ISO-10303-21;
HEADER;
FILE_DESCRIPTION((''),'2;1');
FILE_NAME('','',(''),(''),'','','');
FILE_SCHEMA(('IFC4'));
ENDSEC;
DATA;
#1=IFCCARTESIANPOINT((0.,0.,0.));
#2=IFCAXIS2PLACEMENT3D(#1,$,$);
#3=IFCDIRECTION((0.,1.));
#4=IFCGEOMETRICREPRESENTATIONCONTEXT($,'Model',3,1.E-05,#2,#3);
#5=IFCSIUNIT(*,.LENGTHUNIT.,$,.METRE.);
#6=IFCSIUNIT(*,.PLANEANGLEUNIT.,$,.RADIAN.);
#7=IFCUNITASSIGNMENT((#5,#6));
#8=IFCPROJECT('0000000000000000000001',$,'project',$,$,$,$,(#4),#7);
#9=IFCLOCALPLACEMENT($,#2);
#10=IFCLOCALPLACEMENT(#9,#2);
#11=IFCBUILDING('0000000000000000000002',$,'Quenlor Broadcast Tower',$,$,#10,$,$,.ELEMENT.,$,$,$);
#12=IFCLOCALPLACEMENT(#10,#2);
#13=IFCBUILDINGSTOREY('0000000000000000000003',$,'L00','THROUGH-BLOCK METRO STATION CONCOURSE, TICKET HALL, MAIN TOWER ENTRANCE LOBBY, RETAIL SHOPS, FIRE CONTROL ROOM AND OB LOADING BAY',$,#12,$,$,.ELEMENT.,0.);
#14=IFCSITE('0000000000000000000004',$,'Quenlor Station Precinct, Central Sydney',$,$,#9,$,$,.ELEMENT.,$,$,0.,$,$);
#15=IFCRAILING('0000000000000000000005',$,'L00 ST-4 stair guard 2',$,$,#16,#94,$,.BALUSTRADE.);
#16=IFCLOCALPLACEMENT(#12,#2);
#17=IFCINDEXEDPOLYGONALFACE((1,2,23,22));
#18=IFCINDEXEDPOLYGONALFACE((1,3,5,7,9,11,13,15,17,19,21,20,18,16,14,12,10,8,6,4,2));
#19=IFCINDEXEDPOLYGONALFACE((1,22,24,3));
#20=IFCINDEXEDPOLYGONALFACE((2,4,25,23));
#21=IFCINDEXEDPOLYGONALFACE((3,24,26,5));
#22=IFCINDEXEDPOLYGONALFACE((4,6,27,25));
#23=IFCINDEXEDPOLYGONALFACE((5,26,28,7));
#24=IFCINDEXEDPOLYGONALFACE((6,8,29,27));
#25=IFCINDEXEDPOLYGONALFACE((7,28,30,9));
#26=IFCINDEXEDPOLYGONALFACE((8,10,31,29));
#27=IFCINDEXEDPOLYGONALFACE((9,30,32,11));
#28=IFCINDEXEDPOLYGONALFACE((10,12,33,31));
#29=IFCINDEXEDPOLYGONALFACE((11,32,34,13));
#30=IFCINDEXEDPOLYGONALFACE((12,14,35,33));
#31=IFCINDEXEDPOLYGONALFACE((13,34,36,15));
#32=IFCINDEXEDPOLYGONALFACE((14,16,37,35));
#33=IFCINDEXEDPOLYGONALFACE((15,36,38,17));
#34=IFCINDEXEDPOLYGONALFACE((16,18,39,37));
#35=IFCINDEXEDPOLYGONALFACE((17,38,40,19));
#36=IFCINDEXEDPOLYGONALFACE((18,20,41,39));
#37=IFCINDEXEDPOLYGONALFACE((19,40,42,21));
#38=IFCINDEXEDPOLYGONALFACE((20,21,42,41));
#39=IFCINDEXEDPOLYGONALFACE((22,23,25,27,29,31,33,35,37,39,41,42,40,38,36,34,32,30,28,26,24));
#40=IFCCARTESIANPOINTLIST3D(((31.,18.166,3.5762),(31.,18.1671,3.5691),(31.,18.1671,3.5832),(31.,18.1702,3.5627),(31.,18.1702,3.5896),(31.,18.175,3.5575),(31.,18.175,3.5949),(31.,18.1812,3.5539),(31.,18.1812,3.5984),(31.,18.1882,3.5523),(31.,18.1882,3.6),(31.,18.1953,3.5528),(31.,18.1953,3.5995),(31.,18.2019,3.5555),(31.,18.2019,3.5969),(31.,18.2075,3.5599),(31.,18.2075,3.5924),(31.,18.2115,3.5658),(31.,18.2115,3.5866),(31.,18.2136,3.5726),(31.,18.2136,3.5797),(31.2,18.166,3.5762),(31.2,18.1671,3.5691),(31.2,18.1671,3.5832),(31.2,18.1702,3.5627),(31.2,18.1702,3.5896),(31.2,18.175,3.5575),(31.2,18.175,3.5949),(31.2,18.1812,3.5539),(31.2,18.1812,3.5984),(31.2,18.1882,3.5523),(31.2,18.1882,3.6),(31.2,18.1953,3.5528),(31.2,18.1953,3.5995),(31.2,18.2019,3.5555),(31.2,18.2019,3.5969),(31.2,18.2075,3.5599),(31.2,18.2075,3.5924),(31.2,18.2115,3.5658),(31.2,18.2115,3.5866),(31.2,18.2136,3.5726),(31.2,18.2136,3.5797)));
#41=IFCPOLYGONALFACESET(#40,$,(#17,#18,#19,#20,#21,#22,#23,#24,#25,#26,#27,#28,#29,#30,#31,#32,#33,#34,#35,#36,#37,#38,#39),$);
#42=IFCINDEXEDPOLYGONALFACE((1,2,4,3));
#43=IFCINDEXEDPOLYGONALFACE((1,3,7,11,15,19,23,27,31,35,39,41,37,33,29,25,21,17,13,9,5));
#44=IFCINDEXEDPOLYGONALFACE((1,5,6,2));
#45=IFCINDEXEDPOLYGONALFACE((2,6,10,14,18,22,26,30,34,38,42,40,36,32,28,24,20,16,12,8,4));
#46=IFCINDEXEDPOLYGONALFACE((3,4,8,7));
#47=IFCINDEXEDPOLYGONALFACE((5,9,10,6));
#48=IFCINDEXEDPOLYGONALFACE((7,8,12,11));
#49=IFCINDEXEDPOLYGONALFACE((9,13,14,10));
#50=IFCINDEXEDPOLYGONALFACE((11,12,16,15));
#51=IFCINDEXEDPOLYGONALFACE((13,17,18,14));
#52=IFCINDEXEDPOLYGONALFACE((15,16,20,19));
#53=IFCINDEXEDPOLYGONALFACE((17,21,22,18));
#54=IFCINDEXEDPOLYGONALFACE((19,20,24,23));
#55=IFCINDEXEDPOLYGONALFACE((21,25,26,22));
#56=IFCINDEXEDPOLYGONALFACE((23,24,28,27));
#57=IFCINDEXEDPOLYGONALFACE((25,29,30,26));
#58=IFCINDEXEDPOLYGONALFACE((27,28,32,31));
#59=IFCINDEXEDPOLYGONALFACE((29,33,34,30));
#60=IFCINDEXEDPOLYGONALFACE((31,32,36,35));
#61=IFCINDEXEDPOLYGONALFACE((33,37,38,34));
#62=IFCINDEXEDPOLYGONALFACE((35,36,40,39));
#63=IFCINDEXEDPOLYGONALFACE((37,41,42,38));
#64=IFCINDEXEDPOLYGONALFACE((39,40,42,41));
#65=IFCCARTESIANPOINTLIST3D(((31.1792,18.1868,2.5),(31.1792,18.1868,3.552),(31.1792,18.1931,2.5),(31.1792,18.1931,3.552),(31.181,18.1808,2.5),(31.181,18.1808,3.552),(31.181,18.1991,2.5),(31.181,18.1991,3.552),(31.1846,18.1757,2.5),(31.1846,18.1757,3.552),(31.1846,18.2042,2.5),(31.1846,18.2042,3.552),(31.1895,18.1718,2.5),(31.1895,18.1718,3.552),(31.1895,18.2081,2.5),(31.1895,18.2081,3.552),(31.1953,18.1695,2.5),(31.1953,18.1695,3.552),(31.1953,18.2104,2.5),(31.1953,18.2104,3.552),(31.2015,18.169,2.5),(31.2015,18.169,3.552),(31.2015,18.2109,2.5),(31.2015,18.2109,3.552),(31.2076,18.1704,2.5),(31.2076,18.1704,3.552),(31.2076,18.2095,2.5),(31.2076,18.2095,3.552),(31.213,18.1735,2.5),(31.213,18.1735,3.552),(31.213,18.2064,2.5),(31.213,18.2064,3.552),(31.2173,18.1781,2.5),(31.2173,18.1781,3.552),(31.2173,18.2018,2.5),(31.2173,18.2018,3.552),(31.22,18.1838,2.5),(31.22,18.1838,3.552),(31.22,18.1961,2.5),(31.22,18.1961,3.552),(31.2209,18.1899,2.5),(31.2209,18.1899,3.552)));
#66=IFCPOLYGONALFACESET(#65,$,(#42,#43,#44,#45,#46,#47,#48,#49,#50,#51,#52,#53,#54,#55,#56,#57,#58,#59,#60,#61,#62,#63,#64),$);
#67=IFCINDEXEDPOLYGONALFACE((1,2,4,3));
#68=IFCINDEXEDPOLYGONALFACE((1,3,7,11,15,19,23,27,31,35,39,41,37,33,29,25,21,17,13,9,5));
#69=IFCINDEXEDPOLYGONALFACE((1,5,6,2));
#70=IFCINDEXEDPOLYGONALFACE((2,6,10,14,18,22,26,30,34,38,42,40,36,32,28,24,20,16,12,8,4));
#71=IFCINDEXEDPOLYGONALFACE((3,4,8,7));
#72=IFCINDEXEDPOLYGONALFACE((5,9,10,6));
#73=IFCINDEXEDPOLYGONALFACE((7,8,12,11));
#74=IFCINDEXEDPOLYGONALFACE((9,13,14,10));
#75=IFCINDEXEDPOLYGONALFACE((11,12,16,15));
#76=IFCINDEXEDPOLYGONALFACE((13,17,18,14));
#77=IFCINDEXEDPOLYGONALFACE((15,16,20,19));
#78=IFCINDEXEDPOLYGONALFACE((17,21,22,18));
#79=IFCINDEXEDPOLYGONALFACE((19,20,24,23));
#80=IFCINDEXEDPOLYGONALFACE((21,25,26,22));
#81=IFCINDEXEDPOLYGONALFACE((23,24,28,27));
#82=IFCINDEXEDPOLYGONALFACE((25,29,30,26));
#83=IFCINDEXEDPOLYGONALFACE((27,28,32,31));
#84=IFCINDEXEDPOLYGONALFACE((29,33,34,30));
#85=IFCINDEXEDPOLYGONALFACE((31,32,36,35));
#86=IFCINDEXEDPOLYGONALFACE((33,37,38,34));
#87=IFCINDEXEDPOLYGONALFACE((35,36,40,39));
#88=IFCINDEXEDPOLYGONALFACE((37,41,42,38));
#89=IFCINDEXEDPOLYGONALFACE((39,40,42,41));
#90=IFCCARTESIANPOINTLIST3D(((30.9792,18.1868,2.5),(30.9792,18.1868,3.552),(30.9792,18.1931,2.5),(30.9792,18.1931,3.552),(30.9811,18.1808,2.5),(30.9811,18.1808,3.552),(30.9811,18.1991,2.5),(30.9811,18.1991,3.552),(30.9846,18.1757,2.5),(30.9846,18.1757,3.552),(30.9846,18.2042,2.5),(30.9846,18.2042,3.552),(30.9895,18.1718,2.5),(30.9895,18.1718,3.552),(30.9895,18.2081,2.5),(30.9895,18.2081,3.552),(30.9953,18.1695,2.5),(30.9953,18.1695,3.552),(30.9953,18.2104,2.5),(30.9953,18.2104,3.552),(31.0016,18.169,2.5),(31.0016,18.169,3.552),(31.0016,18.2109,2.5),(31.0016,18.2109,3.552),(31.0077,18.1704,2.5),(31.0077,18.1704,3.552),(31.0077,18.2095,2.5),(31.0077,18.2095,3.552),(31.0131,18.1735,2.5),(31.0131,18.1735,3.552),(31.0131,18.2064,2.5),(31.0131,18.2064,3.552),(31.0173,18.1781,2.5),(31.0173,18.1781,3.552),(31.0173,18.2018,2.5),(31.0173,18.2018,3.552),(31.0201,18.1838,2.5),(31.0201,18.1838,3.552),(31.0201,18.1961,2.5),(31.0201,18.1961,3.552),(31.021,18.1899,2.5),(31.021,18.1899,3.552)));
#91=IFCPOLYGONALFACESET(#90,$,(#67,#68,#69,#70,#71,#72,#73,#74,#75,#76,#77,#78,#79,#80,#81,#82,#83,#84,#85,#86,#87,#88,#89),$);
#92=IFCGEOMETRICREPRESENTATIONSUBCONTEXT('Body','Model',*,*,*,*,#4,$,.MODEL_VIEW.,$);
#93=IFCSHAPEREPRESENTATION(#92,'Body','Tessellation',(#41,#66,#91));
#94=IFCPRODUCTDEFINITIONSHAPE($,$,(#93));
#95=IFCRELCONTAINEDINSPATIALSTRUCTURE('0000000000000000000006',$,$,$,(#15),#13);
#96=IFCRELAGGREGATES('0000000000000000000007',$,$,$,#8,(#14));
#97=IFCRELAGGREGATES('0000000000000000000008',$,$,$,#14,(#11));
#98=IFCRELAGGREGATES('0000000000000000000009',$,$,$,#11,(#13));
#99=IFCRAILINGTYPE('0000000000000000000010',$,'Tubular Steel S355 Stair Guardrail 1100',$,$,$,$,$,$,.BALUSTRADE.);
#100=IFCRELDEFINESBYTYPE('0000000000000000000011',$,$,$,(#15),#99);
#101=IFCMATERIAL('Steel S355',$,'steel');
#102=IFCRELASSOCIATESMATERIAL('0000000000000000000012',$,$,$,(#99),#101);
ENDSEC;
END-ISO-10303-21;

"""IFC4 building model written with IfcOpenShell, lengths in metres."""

from ifc_helpers import new_model, si_unit, direction, frame, origin, origin_2d, place, context, subcontext, project, spatial, circle, extrude, material, type_object, element, save


model = new_model("IFC4")

# Units and contexts
model_context = context("Model", 3, precision=1e-05, world=origin(), true_north=direction((0.0, 1.0)))
body_context = subcontext(model_context, "Body", "Model", "MODEL_VIEW")
ifc_project = project(units=[si_unit("LENGTHUNIT", "METRE"), si_unit("PLANEANGLEUNIT", "RADIAN")], contexts=[model_context])

# Site, building, storey
site_placement = place(None, origin())
site = spatial("IfcSite", under=ifc_project, at=site_placement, Name="Quenlor Station Precinct, Central Sydney", CompositionType="ELEMENT", RefElevation=0.0)
building_placement = place(site_placement, origin())
building = spatial("IfcBuilding", under=site, at=building_placement, Name="Quenlor Broadcast Tower", CompositionType="ELEMENT")
storey_placement = place(building_placement, origin())
storey = spatial("IfcBuildingStorey", under=building, at=storey_placement, Name="L00", Description="THROUGH-BLOCK METRO STATION CONCOURSE, TICKET HALL, MAIN TOWER ENTRANCE LOBBY, RETAIL SHOPS, FIRE CONTROL ROOM AND OB LOADING BAY", CompositionType="ELEMENT", Elevation=0.0)

# Railing
ifc_material_1 = material(Name="Steel S355", Category="steel")
railing_type_1 = type_object("IfcRailingType", Name="Tubular Steel S355 Stair Guardrail 1100", PredefinedType="BALUSTRADE", material=ifc_material_1)
railing_1_placement = place(storey_placement, frame((31.2, 18.1899, 2.5)))
element("IfcRailing", 1, at=railing_1_placement, inside=storey, type_object=railing_type_1, Name="L00 ST-4 stair guard 2", PredefinedType="BALUSTRADE", context=body_context, shape_type="SweptSolid", body=[
    extrude(circle(Radius=0.0239, at=origin_2d()), frame((0.0, 0.0, 1.0762), z_axis=(-1.0, 0.0, 0.0), x_axis=(0.0, -1.0, 0.0)), (0.0, 0.0, 1.0), 0.2),
    extrude(circle(Radius=0.021, at=origin_2d()), origin(), (0.0, 0.0, 1.0), 1.052),
    extrude(circle(Radius=0.021, at=origin_2d()), frame((-0.2, 0.0, 0.0)), (0.0, 0.0, 1.0), 1.052),
])

save(model, "model.ifc")
